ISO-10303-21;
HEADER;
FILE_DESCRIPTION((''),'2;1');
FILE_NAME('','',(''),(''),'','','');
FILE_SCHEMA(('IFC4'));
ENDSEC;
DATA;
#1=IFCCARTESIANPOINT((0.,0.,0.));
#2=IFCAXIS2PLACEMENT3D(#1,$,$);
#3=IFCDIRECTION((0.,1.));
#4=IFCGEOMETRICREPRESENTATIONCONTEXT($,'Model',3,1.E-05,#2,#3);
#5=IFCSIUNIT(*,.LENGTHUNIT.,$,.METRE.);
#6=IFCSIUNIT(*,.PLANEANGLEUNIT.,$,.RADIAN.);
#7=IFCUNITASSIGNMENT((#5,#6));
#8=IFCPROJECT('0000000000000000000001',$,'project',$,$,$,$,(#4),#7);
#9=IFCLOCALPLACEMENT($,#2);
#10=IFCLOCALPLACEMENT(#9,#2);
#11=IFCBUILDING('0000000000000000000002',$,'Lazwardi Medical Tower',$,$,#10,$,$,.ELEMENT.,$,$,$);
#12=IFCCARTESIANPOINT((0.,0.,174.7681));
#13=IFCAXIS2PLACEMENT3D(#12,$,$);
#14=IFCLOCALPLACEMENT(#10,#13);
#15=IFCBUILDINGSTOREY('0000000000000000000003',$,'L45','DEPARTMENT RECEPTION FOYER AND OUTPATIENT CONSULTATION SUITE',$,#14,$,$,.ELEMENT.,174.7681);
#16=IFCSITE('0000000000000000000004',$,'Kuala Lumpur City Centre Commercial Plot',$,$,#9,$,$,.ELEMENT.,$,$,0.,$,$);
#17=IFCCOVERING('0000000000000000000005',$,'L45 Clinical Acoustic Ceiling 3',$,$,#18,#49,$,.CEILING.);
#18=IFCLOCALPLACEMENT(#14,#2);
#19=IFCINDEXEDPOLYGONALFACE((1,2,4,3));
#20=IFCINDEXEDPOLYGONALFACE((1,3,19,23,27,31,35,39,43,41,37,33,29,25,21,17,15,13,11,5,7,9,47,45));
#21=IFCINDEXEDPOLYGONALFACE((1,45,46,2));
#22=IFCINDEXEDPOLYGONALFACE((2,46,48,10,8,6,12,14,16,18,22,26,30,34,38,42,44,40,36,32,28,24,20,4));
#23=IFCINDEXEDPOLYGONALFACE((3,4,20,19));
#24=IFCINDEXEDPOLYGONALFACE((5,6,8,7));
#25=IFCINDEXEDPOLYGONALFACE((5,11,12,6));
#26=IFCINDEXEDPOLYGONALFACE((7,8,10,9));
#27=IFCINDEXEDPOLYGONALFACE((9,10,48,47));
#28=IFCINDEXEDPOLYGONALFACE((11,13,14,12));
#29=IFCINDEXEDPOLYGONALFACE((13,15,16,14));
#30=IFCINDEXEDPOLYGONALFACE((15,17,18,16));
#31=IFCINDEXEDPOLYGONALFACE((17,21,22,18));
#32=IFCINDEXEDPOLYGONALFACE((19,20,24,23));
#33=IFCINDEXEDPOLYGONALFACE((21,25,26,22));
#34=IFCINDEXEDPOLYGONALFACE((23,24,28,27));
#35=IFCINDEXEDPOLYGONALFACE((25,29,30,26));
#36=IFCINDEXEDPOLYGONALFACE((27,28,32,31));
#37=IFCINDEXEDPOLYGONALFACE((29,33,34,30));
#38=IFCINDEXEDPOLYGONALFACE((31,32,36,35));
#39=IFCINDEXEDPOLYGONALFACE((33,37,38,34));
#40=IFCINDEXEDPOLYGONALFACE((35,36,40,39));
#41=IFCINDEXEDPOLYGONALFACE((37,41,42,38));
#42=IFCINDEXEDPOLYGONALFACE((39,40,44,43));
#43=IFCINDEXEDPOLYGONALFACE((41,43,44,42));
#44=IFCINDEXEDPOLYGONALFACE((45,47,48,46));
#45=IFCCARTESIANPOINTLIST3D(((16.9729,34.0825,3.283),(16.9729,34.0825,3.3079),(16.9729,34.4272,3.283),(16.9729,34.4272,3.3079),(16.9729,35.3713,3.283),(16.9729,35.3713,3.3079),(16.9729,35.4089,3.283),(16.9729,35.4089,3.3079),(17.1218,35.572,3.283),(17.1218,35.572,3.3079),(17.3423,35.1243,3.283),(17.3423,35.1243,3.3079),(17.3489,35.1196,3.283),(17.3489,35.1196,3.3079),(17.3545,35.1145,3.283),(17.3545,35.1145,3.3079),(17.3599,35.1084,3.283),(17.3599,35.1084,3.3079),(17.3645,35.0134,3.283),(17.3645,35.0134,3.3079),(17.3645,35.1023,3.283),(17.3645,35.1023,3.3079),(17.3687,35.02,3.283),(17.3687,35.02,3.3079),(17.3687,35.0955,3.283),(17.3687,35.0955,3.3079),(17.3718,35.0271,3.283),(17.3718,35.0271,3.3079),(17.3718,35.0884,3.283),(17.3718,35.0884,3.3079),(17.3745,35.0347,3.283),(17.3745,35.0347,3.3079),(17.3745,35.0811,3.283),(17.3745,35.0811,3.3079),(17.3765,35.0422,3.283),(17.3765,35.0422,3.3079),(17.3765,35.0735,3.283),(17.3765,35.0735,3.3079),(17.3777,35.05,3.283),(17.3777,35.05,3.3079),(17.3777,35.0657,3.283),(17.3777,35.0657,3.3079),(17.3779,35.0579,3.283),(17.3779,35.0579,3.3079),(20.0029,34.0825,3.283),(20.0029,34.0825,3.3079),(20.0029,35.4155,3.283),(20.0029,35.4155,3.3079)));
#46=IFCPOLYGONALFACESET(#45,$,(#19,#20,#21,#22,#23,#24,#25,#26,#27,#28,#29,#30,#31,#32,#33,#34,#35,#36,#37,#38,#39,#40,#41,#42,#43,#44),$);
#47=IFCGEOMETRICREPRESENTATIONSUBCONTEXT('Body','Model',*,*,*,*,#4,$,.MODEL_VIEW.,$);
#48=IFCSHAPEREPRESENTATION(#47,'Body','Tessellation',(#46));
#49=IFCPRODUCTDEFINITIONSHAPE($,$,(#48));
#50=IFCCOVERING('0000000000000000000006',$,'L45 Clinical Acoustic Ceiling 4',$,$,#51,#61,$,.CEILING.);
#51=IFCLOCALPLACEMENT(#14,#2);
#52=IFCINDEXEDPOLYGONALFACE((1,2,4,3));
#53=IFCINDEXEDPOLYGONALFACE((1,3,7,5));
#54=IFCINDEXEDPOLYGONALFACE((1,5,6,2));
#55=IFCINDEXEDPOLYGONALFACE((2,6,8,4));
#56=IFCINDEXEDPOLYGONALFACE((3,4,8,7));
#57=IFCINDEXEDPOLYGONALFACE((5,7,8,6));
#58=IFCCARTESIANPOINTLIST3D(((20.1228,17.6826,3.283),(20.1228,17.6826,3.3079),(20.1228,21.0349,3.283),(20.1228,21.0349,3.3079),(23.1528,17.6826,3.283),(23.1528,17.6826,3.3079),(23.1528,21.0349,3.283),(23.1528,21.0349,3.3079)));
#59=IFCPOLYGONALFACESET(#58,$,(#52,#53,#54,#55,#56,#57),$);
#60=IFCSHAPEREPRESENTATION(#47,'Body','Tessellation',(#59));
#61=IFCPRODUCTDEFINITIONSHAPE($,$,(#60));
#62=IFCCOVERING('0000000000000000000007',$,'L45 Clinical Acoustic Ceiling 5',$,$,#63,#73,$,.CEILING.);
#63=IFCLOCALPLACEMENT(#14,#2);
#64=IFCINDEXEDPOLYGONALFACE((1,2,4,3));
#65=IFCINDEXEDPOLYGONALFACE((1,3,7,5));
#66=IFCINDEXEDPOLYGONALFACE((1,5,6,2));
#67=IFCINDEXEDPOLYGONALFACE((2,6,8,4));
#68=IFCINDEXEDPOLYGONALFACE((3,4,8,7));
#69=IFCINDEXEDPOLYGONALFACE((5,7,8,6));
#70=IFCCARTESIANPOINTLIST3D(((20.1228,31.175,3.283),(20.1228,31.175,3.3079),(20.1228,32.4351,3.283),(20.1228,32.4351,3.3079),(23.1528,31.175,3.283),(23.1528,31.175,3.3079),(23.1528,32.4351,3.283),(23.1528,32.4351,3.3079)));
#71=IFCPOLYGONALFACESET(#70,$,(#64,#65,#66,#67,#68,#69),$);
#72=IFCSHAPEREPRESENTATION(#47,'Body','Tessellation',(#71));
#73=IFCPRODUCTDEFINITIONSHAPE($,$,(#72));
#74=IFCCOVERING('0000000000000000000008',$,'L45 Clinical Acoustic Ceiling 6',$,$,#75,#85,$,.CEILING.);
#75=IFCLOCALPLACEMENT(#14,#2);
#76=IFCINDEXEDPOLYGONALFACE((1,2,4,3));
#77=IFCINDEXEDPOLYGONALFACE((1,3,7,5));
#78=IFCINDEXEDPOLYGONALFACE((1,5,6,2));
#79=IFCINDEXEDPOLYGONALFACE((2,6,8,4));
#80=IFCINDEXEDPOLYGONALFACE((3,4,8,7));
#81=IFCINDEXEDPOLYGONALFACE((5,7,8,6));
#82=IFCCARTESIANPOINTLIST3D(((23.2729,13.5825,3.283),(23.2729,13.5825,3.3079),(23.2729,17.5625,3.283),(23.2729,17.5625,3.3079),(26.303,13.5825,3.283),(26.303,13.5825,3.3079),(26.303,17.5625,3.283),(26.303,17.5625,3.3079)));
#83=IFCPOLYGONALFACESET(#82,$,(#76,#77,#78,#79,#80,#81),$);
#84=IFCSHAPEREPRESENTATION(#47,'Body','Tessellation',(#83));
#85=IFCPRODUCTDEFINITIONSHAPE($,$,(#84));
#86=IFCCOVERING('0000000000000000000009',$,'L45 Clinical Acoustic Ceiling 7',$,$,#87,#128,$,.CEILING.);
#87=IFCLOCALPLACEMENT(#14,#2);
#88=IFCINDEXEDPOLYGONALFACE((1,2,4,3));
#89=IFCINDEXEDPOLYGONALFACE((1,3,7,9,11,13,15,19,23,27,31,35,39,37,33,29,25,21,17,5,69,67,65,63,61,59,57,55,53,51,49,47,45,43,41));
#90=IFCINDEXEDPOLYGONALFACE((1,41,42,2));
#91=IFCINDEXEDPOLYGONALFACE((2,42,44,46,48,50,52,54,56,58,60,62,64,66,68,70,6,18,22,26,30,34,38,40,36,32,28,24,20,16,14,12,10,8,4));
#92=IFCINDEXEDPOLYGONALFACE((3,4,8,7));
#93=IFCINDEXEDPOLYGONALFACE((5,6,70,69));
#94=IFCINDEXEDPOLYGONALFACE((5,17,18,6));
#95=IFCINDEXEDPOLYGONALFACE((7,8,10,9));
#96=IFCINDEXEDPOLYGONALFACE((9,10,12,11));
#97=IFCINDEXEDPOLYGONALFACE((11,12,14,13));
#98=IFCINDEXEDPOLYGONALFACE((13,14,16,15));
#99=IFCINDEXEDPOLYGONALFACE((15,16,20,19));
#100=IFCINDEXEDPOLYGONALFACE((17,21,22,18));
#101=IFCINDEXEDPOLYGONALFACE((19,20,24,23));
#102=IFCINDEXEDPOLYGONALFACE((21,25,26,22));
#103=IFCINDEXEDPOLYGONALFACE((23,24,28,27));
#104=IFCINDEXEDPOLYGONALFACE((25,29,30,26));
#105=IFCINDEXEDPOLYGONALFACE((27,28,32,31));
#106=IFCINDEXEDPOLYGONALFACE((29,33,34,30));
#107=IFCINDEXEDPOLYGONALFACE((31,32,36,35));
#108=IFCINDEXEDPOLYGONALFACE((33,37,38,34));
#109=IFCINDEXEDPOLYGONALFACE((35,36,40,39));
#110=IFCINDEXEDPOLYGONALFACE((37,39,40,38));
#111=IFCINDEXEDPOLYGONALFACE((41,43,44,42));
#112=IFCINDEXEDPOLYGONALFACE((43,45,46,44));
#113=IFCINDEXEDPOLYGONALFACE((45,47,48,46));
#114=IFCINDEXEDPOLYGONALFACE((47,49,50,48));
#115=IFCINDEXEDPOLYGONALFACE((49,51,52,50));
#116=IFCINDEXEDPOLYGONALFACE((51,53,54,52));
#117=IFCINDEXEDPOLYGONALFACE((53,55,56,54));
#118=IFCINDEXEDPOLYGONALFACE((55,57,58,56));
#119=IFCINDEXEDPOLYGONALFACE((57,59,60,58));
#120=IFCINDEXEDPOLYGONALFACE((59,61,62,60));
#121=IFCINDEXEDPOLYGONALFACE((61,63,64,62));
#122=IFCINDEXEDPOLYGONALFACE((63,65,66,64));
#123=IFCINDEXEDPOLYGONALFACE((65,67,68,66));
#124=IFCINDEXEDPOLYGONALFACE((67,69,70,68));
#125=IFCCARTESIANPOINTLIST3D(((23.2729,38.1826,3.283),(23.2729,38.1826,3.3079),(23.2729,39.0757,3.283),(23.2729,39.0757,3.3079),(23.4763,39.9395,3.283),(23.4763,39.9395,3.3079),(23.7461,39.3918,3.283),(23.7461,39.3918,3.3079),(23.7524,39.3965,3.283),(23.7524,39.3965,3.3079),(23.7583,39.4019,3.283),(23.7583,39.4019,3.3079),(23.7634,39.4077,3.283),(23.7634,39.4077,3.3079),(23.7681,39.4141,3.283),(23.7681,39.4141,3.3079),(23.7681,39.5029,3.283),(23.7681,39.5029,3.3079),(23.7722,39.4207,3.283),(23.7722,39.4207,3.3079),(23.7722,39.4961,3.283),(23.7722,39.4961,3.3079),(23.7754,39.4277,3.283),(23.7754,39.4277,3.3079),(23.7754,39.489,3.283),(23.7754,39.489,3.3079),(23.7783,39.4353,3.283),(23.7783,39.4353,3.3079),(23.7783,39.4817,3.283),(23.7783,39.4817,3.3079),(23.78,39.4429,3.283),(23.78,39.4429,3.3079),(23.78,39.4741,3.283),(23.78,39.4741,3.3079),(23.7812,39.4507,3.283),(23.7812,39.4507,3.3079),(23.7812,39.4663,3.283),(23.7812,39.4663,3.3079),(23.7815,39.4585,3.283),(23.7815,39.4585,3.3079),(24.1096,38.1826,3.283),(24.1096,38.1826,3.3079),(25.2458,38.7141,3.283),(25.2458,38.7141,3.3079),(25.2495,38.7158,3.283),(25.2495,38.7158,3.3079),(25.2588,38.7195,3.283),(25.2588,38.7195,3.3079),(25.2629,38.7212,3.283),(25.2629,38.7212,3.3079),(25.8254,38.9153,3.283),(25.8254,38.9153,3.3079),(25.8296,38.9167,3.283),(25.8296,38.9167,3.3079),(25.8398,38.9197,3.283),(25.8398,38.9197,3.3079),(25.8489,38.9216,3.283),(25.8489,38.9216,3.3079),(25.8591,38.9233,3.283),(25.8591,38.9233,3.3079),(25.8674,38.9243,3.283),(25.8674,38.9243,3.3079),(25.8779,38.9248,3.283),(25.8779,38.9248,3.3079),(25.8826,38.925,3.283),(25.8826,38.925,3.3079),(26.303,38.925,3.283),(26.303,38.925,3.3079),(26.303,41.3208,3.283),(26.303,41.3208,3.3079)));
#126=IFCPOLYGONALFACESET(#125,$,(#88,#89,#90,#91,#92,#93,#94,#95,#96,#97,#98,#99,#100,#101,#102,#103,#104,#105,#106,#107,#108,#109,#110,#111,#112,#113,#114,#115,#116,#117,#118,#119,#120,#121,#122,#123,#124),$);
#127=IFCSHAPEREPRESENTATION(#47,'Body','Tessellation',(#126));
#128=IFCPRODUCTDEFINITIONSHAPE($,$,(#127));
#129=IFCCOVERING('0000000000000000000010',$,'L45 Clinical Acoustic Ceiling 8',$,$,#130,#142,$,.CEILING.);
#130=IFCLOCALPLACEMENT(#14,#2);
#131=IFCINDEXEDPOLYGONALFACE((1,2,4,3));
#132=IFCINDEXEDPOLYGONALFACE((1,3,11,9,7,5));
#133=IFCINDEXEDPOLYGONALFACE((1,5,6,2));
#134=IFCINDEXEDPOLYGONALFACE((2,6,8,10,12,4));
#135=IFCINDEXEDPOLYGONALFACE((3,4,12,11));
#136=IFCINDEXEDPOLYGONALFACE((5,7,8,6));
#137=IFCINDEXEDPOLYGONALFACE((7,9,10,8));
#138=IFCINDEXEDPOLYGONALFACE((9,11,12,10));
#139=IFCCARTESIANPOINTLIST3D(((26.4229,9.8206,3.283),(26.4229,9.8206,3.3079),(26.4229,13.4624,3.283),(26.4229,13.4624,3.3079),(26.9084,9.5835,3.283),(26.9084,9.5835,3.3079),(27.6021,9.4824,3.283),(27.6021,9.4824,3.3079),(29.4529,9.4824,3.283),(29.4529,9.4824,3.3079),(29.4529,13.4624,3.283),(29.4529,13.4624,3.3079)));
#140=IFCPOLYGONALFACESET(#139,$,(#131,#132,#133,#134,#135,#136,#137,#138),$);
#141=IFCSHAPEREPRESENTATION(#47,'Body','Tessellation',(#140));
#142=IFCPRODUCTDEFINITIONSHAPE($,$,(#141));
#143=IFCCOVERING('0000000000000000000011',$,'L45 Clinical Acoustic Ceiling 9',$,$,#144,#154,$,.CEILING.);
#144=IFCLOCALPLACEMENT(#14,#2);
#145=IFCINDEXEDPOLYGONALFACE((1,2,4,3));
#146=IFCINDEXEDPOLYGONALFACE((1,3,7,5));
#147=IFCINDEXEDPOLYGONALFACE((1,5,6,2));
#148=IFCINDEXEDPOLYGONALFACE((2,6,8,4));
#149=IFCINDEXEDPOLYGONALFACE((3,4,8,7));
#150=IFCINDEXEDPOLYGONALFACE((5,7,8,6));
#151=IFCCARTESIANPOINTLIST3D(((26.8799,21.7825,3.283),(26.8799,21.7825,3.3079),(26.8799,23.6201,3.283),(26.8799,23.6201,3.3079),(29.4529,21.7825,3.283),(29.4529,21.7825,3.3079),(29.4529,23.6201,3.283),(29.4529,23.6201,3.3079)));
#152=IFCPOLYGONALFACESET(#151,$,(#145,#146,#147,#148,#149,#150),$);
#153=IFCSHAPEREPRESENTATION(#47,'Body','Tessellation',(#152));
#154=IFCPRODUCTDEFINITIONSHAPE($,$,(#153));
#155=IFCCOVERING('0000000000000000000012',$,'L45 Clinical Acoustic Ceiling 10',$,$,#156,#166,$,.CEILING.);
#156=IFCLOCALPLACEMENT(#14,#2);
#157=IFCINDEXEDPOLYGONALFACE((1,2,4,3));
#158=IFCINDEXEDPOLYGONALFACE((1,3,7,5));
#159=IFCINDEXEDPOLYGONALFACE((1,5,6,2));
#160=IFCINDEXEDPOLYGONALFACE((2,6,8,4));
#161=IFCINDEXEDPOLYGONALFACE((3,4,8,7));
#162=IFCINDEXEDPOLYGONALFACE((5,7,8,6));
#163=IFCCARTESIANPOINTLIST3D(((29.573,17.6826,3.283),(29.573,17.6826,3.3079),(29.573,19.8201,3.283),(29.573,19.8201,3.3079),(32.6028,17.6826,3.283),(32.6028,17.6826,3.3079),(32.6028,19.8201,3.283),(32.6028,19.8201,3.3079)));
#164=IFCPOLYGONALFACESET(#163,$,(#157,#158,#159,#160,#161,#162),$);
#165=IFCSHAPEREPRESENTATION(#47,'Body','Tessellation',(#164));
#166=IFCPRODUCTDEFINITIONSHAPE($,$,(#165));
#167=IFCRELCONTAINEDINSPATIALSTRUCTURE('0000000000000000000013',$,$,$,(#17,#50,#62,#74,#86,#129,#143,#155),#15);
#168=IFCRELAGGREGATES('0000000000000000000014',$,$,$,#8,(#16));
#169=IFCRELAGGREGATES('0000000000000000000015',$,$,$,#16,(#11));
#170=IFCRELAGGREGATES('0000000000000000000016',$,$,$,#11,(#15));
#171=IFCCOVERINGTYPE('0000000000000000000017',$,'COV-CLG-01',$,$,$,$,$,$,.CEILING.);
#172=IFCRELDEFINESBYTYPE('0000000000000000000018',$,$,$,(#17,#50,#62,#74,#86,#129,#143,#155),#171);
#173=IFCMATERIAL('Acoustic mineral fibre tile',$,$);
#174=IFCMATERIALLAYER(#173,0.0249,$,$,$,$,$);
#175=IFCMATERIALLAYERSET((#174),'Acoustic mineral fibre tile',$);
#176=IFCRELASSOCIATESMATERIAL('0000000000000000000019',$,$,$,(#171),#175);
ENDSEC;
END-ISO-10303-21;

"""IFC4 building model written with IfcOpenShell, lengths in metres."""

from ifc_helpers import new_model, si_unit, direction, frame, origin, place, context, subcontext, project, spatial, polyline, outline, extrude, material, layer, layer_set, type_object, element, save


model = new_model("IFC4")

# Units and contexts
model_context = context("Model", 3, precision=1e-05, world=origin(), true_north=direction((0.0, 1.0)))
body_context = subcontext(model_context, "Body", "Model", "MODEL_VIEW")
ifc_project = project(units=[si_unit("LENGTHUNIT", "METRE"), si_unit("PLANEANGLEUNIT", "RADIAN")], contexts=[model_context])

# Site, building, storey
site_placement = place(None, origin())
site = spatial("IfcSite", under=ifc_project, at=site_placement, Name="Kuala Lumpur City Centre Commercial Plot", CompositionType="ELEMENT", RefElevation=0.0)
building_placement = place(site_placement, origin())
building = spatial("IfcBuilding", under=site, at=building_placement, Name="Lazwardi Medical Tower", CompositionType="ELEMENT")
storey_placement = place(building_placement, frame((0.0, 0.0, 174.7681)))
storey = spatial("IfcBuildingStorey", under=building, at=storey_placement, Name="L45", Description="DEPARTMENT RECEPTION FOYER AND OUTPATIENT CONSULTATION SUITE", CompositionType="ELEMENT", Elevation=174.7681)

# Coverings
ifc_material_1 = material(Name="Acoustic mineral fibre tile")
ifc_layer_1 = layer(ifc_material_1, 0.0249)
ifc_layer_set_1 = layer_set([ifc_layer_1], Name="Acoustic mineral fibre tile")
covering_type_1 = type_object("IfcCoveringType", Name="COV-CLG-01", PredefinedType="CEILING", material=ifc_layer_set_1)
covering_1_placement = place(storey_placement, frame((0.0, 0.0, 3.283)))
element("IfcCovering", 1, at=covering_1_placement, inside=storey, type_object=covering_type_1, Name="L45 Clinical Acoustic Ceiling 3", PredefinedType="CEILING", context=body_context, shape_type="SweptSolid", body=[
    extrude(outline(polyline([(20.0029, 35.4155), (17.1218, 35.572), (16.9729, 35.4089), (16.9729, 35.3713), (17.3423, 35.1243), (17.3489, 35.1196), (17.3545, 35.1145), (17.3599, 35.1084), (17.3645, 35.1023), (17.3687, 35.0955), (17.3718, 35.0884), (17.3745, 35.0811), (17.3765, 35.0735), (17.3777, 35.0657), (17.3779, 35.0579), (17.3777, 35.05), (17.3765, 35.0422), (17.3745, 35.0347), (17.3718, 35.0271), (17.3687, 35.02), (17.3645, 35.0134), (16.9729, 34.4272), (16.9729, 34.0825), (20.0029, 34.0825), (20.0029, 35.4155)])), origin(), (0.0, 0.0, 1.0), 0.0249),
])
covering_2_placement = place(storey_placement, frame((0.0, 0.0, 3.283)))
element("IfcCovering", 2, at=covering_2_placement, inside=storey, type_object=covering_type_1, Name="L45 Clinical Acoustic Ceiling 4", PredefinedType="CEILING", context=body_context, shape_type="SweptSolid", body=[
    extrude(outline(polyline([(23.1528, 21.0349), (20.1228, 21.0349), (20.1228, 17.6826), (23.1528, 17.6826), (23.1528, 21.0349)])), origin(), (0.0, 0.0, 1.0), 0.0249),
])
covering_3_placement = place(storey_placement, frame((0.0, 0.0, 3.283)))
element("IfcCovering", 3, at=covering_3_placement, inside=storey, type_object=covering_type_1, Name="L45 Clinical Acoustic Ceiling 5", PredefinedType="CEILING", context=body_context, shape_type="SweptSolid", body=[
    extrude(outline(polyline([(23.1528, 32.4351), (20.1228, 32.4351), (20.1228, 31.175), (23.1528, 31.175), (23.1528, 32.4351)])), origin(), (0.0, 0.0, 1.0), 0.0249),
])
covering_4_placement = place(storey_placement, frame((0.0, 0.0, 3.283)))
element("IfcCovering", 4, at=covering_4_placement, inside=storey, type_object=covering_type_1, Name="L45 Clinical Acoustic Ceiling 6", PredefinedType="CEILING", context=body_context, shape_type="SweptSolid", body=[
    extrude(outline(polyline([(26.303, 13.5825), (26.303, 17.5625), (23.2729, 17.5625), (23.2729, 13.5825), (26.303, 13.5825)])), origin(), (0.0, 0.0, 1.0), 0.0249),
])
covering_5_placement = place(storey_placement, frame((0.0, 0.0, 3.283)))
element("IfcCovering", 5, at=covering_5_placement, inside=storey, type_object=covering_type_1, Name="L45 Clinical Acoustic Ceiling 7", PredefinedType="CEILING", context=body_context, shape_type="SweptSolid", body=[
    extrude(outline(polyline([(26.303, 41.3208), (23.4763, 39.9395), (23.7681, 39.5029), (23.7722, 39.4961), (23.7754, 39.489), (23.7783, 39.4817), (23.78, 39.4741), (23.7812, 39.4663), (23.7815, 39.4585), (23.7812, 39.4507), (23.78, 39.4429), (23.7783, 39.4353), (23.7754, 39.4277), (23.7722, 39.4207), (23.7681, 39.4141), (23.7634, 39.4077), (23.7583, 39.4019), (23.7524, 39.3965), (23.7461, 39.3918), (23.2729, 39.0757), (23.2729, 38.1826), (24.1096, 38.1826), (25.2458, 38.7141), (25.2495, 38.7158), (25.2588, 38.7195), (25.2629, 38.7212), (25.8254, 38.9153), (25.8296, 38.9167), (25.8398, 38.9197), (25.8489, 38.9216), (25.8591, 38.9233), (25.8674, 38.9243), (25.8779, 38.9248), (25.8826, 38.925), (26.303, 38.925), (26.303, 41.3208)])), origin(), (0.0, 0.0, 1.0), 0.0249),
])
covering_6_placement = place(storey_placement, frame((0.0, 0.0, 3.283)))
element("IfcCovering", 6, at=covering_6_placement, inside=storey, type_object=covering_type_1, Name="L45 Clinical Acoustic Ceiling 8", PredefinedType="CEILING", context=body_context, shape_type="SweptSolid", body=[
    extrude(outline(polyline([(26.4229, 9.8206), (26.9084, 9.5835), (27.6021, 9.4824), (29.4529, 9.4824), (29.4529, 13.4624), (26.4229, 13.4624), (26.4229, 9.8206)])), origin(), (0.0, 0.0, 1.0), 0.0249),
])
covering_7_placement = place(storey_placement, frame((0.0, 0.0, 3.283)))
element("IfcCovering", 7, at=covering_7_placement, inside=storey, type_object=covering_type_1, Name="L45 Clinical Acoustic Ceiling 9", PredefinedType="CEILING", context=body_context, shape_type="SweptSolid", body=[
    extrude(outline(polyline([(29.4529, 23.6201), (26.8799, 23.6201), (26.8799, 21.7825), (29.4529, 21.7825), (29.4529, 23.6201)])), origin(), (0.0, 0.0, 1.0), 0.0249),
])
covering_8_placement = place(storey_placement, frame((0.0, 0.0, 3.283)))
element("IfcCovering", 8, at=covering_8_placement, inside=storey, type_object=covering_type_1, Name="L45 Clinical Acoustic Ceiling 10", PredefinedType="CEILING", context=body_context, shape_type="SweptSolid", body=[
    extrude(outline(polyline([(32.6028, 19.8201), (29.573, 19.8201), (29.573, 17.6826), (32.6028, 17.6826), (32.6028, 19.8201)])), origin(), (0.0, 0.0, 1.0), 0.0249),
])

save(model, "model.ifc")
